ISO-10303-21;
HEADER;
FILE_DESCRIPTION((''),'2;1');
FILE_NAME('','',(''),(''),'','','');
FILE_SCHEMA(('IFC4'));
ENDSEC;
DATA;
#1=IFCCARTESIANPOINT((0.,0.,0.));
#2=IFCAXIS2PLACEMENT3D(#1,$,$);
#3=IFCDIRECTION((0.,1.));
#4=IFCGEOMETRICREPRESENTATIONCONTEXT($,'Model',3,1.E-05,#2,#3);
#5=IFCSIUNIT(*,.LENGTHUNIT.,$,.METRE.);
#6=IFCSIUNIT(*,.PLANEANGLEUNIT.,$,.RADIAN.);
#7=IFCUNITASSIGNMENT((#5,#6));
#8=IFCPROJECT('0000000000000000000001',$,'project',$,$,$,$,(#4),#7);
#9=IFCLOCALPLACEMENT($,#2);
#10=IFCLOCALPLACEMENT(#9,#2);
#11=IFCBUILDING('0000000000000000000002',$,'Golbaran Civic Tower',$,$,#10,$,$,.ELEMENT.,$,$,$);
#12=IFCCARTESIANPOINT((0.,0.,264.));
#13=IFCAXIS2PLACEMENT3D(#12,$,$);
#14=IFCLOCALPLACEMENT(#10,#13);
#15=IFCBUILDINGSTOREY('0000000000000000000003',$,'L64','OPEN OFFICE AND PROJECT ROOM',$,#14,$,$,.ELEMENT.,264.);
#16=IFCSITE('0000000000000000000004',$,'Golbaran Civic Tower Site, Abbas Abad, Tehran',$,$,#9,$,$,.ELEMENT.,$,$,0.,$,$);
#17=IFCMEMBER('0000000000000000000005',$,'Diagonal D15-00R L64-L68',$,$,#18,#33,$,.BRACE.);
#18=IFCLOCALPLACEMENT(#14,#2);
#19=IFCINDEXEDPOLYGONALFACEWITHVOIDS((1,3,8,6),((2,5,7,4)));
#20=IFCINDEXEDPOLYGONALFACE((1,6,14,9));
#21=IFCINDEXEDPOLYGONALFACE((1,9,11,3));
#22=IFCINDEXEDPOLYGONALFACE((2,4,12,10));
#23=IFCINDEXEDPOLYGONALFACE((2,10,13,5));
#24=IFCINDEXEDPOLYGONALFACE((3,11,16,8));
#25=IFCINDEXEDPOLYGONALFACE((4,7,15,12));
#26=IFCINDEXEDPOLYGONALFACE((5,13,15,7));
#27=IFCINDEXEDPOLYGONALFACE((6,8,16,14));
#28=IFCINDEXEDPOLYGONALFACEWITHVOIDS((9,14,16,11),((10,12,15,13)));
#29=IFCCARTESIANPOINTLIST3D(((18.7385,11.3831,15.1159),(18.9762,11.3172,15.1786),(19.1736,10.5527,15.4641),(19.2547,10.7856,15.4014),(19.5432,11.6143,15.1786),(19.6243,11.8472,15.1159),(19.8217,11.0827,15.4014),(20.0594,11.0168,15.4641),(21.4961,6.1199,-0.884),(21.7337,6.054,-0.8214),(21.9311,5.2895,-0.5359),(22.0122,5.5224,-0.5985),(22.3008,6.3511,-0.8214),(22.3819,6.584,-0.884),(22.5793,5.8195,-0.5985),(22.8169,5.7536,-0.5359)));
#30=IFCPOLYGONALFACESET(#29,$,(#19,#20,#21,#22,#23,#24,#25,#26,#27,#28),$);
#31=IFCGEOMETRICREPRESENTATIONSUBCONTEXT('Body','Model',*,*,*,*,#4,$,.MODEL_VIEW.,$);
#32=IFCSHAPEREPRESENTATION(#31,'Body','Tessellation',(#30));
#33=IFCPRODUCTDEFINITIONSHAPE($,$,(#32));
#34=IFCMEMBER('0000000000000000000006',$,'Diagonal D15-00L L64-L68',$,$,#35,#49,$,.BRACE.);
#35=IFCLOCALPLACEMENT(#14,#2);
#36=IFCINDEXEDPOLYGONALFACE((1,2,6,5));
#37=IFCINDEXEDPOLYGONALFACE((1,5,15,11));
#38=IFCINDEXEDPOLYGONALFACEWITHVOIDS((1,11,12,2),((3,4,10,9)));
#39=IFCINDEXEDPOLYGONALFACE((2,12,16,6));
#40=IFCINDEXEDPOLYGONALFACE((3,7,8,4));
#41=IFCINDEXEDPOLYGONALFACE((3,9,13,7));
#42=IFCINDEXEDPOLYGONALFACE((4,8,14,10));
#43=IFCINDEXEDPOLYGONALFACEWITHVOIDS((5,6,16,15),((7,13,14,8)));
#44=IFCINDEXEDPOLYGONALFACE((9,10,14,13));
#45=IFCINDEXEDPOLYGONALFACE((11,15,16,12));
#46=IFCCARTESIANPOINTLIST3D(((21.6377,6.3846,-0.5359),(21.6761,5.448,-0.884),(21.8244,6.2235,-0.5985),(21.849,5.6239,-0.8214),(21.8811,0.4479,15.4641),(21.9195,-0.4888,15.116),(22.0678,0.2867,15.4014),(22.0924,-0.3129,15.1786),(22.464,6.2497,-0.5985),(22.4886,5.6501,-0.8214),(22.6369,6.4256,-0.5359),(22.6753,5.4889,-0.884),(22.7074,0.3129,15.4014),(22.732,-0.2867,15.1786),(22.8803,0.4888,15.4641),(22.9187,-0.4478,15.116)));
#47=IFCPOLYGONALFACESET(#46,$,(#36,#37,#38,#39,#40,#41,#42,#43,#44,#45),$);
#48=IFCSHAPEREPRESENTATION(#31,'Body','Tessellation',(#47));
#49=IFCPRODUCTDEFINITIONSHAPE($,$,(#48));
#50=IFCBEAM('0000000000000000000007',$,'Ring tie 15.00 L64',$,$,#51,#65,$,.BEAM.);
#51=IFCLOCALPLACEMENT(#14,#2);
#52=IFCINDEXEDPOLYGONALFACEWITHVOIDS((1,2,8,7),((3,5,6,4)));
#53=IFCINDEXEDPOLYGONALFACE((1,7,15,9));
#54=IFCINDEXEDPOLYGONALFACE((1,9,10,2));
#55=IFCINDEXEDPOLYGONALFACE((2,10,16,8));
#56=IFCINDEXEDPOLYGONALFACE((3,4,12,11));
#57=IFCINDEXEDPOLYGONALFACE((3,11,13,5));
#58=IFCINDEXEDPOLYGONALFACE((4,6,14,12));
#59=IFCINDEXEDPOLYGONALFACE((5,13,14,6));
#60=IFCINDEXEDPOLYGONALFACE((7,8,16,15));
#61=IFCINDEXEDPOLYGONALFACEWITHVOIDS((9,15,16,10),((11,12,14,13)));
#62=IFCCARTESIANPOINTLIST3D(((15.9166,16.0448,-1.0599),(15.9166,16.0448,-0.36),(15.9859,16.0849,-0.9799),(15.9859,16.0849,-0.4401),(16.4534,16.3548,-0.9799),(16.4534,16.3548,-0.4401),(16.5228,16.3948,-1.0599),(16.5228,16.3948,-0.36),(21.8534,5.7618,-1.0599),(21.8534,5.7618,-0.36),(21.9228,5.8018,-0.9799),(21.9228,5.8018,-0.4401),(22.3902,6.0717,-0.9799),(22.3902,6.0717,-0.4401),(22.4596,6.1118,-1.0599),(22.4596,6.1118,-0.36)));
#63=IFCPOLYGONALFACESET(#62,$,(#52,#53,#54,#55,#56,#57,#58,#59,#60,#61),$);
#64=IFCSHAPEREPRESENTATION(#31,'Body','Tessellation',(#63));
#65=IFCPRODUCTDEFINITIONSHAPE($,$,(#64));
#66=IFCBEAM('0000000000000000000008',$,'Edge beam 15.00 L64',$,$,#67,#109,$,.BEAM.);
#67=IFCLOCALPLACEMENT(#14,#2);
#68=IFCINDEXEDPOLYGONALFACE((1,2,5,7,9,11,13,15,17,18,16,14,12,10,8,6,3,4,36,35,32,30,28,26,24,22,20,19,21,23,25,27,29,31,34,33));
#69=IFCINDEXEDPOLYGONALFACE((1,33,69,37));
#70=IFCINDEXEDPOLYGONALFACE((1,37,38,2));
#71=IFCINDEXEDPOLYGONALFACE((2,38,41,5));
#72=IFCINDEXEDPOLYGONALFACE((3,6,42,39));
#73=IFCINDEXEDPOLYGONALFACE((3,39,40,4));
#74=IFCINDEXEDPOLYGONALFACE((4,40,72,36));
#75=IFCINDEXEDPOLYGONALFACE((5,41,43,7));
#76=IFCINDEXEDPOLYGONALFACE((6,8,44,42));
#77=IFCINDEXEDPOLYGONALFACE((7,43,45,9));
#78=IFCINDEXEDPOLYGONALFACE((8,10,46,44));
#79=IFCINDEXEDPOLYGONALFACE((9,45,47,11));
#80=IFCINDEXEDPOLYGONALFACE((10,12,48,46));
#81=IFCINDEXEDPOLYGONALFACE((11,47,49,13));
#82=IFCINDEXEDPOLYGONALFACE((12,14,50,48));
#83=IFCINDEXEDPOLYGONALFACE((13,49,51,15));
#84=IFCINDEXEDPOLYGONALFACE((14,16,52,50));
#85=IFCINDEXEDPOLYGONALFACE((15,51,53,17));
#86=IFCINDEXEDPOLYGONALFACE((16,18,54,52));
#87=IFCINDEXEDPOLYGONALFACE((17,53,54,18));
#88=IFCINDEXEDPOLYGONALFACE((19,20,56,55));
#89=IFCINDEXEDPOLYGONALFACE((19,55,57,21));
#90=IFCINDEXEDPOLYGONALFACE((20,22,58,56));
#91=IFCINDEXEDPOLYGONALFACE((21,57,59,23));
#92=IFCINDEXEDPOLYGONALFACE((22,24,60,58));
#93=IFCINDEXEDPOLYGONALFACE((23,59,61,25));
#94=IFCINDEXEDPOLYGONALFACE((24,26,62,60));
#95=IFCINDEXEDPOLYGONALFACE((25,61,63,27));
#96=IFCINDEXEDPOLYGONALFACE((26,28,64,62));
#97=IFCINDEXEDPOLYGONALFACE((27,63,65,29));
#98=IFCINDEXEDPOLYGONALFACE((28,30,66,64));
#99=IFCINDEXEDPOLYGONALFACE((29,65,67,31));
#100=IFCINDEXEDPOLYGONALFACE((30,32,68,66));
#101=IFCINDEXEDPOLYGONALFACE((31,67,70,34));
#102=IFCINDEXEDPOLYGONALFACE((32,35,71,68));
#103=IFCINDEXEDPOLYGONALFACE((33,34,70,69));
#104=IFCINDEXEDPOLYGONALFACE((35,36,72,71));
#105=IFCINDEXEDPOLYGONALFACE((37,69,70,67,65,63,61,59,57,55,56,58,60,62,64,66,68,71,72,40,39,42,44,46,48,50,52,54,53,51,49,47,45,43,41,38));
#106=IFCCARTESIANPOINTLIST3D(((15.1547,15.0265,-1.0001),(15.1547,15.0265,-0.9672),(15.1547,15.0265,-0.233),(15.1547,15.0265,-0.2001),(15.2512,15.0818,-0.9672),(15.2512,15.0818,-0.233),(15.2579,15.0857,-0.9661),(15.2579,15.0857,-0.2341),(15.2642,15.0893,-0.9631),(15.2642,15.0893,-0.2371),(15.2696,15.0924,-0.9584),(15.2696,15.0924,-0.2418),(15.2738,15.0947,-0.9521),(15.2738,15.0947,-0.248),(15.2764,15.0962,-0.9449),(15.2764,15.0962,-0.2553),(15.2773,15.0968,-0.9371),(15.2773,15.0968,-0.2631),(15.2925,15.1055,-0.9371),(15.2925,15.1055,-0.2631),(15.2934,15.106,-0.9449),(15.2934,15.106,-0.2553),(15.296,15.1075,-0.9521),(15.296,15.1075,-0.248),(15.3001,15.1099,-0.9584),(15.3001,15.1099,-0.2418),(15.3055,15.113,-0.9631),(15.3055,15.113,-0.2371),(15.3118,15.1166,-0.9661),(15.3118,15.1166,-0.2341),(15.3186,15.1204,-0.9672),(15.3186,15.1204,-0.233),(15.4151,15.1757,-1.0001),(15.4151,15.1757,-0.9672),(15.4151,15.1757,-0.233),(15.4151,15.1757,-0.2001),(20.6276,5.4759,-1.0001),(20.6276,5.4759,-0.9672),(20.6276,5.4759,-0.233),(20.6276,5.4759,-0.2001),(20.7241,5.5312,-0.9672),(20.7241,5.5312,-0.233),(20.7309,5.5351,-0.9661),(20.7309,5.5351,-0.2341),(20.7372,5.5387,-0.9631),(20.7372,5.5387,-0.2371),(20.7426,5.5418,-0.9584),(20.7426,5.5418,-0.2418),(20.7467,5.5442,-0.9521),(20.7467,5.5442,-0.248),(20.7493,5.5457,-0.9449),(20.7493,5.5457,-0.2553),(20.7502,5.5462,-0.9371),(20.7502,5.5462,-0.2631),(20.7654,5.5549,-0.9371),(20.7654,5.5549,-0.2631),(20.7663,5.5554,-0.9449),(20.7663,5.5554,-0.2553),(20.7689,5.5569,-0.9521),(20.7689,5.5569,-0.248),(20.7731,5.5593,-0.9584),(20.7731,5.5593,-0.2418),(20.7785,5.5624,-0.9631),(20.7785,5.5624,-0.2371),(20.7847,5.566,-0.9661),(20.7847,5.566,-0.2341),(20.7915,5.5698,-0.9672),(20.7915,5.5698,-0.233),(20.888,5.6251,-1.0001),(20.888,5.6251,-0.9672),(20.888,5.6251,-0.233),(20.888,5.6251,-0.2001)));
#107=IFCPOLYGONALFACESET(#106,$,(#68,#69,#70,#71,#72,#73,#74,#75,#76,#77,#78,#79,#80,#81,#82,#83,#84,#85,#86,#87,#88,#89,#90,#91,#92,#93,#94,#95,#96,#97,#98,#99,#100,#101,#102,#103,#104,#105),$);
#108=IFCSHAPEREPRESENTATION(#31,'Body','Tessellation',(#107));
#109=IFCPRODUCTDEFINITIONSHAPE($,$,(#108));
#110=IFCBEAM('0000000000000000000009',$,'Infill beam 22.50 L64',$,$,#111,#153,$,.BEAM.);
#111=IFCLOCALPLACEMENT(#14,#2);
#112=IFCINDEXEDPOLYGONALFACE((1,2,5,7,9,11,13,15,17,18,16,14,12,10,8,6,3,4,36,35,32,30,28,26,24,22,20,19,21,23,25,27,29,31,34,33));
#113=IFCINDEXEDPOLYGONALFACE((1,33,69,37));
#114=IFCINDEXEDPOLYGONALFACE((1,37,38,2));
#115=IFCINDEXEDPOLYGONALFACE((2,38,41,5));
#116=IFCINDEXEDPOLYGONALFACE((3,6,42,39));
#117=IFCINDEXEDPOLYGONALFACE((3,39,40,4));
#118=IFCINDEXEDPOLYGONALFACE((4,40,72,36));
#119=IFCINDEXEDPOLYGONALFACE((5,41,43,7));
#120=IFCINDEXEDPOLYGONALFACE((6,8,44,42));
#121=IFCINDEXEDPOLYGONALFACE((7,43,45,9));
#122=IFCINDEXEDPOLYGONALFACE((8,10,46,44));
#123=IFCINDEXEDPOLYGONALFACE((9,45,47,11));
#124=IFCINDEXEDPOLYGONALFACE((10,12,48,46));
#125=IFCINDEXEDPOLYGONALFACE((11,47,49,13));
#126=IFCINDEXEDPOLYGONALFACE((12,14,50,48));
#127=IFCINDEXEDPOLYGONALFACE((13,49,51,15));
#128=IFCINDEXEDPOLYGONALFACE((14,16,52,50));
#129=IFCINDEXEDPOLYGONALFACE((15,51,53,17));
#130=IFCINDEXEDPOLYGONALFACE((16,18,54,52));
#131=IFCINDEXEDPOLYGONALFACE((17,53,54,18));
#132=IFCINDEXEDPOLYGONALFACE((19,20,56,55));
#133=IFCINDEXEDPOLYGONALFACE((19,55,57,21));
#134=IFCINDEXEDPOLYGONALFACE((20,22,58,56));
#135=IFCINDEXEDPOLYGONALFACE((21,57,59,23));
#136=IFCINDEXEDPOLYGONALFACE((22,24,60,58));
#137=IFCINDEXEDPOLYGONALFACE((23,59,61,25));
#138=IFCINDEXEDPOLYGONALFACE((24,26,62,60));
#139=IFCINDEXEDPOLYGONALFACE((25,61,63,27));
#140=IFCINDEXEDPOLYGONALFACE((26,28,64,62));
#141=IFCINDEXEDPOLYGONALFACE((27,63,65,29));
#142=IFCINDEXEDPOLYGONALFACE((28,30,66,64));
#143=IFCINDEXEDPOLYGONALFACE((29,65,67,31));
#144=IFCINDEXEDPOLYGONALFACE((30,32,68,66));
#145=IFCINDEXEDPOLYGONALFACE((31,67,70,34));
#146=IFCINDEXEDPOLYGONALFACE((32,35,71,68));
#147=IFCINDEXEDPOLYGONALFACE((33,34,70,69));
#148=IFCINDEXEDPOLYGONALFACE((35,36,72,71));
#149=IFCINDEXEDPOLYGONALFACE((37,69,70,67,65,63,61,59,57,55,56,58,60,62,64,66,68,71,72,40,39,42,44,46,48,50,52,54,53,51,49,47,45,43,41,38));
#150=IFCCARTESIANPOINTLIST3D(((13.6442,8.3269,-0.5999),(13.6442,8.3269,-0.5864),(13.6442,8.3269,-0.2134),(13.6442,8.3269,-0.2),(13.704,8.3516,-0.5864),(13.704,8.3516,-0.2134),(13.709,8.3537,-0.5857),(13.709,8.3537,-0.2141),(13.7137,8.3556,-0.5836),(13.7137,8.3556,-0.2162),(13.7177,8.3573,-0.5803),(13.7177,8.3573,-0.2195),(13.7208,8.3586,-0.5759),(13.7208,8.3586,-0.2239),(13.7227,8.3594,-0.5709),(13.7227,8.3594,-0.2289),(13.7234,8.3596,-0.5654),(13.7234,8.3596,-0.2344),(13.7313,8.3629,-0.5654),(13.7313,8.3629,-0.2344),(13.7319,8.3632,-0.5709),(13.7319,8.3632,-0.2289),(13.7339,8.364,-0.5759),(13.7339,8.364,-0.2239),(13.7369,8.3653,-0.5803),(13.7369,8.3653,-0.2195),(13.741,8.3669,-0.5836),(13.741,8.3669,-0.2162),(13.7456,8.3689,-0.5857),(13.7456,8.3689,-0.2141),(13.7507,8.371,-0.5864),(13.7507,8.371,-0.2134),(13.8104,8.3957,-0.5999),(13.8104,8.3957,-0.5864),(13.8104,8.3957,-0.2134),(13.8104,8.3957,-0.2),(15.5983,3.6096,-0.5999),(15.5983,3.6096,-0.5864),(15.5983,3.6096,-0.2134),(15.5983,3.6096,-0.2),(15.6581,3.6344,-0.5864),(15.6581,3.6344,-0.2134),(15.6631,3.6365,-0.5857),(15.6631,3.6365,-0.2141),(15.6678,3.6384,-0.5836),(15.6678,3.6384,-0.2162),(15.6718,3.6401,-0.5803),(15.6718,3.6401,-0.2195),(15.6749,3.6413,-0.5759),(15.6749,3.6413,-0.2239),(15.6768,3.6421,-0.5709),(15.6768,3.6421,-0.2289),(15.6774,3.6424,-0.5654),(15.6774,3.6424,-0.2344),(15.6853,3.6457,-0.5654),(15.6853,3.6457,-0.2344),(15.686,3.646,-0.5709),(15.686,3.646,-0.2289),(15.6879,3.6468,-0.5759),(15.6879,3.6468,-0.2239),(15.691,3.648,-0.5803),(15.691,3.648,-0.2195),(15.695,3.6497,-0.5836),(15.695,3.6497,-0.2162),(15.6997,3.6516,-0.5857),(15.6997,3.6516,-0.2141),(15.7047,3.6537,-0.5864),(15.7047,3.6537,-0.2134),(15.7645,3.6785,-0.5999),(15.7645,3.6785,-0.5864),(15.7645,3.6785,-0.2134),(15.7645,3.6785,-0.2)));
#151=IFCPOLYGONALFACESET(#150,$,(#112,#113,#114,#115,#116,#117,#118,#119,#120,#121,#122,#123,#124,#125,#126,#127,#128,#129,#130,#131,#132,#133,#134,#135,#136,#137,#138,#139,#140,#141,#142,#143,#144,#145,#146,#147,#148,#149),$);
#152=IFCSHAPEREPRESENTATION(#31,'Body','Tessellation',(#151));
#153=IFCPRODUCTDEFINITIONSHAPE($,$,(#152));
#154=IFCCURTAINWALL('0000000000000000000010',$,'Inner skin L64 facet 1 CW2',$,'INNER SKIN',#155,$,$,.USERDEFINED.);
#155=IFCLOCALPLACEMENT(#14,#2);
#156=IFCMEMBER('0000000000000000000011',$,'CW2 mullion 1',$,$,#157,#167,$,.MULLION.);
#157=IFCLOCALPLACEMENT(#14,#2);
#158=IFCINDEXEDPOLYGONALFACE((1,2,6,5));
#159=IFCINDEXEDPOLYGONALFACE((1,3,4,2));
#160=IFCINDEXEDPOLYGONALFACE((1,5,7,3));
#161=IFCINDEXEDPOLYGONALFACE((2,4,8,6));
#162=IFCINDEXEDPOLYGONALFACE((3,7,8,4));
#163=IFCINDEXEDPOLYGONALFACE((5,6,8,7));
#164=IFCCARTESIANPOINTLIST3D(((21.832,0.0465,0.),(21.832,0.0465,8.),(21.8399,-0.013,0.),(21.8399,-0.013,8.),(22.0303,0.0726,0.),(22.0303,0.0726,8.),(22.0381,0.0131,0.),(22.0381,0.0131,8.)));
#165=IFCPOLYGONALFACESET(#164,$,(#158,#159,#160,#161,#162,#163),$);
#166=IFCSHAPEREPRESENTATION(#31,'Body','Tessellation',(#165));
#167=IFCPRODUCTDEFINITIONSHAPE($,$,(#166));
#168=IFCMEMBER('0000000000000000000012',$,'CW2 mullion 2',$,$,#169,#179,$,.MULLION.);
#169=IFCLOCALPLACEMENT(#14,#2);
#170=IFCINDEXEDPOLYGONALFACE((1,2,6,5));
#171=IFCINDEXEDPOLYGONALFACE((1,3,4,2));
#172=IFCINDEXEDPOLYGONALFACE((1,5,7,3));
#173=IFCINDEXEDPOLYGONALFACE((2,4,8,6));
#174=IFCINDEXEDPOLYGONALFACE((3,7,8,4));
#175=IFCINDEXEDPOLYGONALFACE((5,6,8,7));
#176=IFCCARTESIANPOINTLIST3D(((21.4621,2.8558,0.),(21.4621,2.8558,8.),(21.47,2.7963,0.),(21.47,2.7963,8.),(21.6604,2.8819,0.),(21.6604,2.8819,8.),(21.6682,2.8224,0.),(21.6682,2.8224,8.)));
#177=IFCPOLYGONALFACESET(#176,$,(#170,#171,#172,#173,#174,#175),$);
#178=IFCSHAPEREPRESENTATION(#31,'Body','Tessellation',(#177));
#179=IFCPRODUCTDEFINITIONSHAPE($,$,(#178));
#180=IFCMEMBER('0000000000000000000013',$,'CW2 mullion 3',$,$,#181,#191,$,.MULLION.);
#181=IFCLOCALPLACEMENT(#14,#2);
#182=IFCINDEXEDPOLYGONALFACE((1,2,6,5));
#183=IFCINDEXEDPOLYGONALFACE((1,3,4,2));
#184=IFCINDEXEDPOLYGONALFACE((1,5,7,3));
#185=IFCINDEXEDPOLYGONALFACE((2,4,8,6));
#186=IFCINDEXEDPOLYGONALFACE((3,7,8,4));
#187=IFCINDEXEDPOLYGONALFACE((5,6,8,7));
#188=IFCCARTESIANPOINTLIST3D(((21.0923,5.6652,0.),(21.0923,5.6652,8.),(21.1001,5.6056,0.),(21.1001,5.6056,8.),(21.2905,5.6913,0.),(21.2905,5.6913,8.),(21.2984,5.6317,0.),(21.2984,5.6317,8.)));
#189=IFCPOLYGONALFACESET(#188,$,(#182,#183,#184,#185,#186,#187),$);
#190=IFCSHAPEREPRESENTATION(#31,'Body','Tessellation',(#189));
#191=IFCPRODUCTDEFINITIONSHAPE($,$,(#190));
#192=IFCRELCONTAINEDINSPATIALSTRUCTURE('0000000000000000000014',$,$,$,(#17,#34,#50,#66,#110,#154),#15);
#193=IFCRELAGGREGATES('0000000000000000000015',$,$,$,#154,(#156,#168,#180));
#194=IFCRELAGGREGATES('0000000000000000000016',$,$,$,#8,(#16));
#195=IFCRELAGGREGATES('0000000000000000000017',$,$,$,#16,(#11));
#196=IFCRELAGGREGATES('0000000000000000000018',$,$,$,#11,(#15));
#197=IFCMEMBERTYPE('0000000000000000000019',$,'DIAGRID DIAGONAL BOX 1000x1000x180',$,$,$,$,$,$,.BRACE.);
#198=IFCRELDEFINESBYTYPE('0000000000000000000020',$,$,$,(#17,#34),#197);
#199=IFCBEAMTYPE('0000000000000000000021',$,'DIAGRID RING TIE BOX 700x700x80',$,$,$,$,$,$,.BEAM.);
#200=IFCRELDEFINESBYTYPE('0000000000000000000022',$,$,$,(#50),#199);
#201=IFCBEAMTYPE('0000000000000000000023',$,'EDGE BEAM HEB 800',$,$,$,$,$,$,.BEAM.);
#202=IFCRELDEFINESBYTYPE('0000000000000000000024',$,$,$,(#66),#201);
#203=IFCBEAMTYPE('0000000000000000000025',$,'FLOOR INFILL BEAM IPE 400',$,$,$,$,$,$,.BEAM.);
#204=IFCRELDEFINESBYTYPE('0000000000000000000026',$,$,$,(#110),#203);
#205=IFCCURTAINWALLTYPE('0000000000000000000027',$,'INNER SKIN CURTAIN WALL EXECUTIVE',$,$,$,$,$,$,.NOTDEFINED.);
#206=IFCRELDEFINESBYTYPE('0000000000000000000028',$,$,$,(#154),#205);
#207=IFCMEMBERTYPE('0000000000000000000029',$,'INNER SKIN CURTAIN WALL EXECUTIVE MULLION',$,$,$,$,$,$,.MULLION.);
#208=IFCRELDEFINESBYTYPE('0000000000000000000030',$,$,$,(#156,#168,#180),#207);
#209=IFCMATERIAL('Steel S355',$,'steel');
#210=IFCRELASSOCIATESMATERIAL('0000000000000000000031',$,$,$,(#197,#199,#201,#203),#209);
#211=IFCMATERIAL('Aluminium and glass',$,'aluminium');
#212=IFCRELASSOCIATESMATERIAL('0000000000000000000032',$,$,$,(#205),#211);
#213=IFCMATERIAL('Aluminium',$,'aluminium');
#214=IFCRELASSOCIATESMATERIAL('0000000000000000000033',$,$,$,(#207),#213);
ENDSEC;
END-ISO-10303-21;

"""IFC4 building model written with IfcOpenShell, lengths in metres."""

from ifc_helpers import new_model, si_unit, direction, frame, origin, origin_2d, place, context, subcontext, project, spatial, rectangle, hollow_rectangle, i_section, extrude, material, material_profile, profile_set, type_object, element, aggregate, save


model = new_model("IFC4")

# Units and contexts
model_context = context("Model", 3, precision=1e-05, world=origin(), true_north=direction((0.0, 1.0)))
body_context = subcontext(model_context, "Body", "Model", "MODEL_VIEW")
ifc_project = project(units=[si_unit("LENGTHUNIT", "METRE"), si_unit("PLANEANGLEUNIT", "RADIAN")], contexts=[model_context])

# Site, building, storey
site_placement = place(None, origin())
site = spatial("IfcSite", under=ifc_project, at=site_placement, Name="Golbaran Civic Tower Site, Abbas Abad, Tehran", CompositionType="ELEMENT", RefElevation=0.0)
building_placement = place(site_placement, origin())
building = spatial("IfcBuilding", under=site, at=building_placement, Name="Golbaran Civic Tower", CompositionType="ELEMENT")
storey_placement = place(building_placement, frame((0.0, 0.0, 264.0)))
storey = spatial("IfcBuildingStorey", under=building, at=storey_placement, Name="L64", Description="OPEN OFFICE AND PROJECT ROOM", CompositionType="ELEMENT", Elevation=264.0)

# Members
ifc_material_1 = material(Name="Steel S355", Category="steel")
ifc_material_profile_1 = material_profile(ifc_material_1, hollow_rectangle(XDim=1.0, YDim=1.0, WallThickness=0.1799, at=origin_2d()), Name="BOX 1000x1000x180")
ifc_profile_set_1 = profile_set([ifc_material_profile_1], Name="Steel S355")
member_type_1 = type_object("IfcMemberType", Name="DIAGRID DIAGONAL BOX 1000x1000x180", PredefinedType="BRACE", material=ifc_profile_set_1)
for number, where, z_axis, x_axis, name in (
    (1, (22.1565, 5.9368, -0.71), (-0.161567, 0.308372, 0.937445), (-0.885786, -0.464095, 0.0), "Diagonal D15-00R L64-L68"),
    (2, (22.1565, 5.9368, -0.71), (0.014261, -0.347838, 0.937446), (0.999161, 0.040966, 0.0), "Diagonal D15-00L L64-L68"),
):
    element("IfcMember", number, at=place(storey_placement, frame(where, z_axis=z_axis, x_axis=x_axis)), inside=storey, type_object=member_type_1, Name=name, PredefinedType="BRACE", context=body_context, shape_type="SweptSolid", body=[
        extrude(hollow_rectangle(XDim=1.0, YDim=1.0, WallThickness=0.1799, at=origin_2d()), origin(), (0.0, 0.0, 1.0), 17.0676),
    ])

# Beams
ifc_material_profile_2 = material_profile(ifc_material_1, hollow_rectangle(XDim=0.7, YDim=0.7, WallThickness=0.0801, at=origin_2d()), Name="BOX 700x700x80")
ifc_profile_set_2 = profile_set([ifc_material_profile_2], Name="Steel S355")
beam_type_1 = type_object("IfcBeamType", Name="DIAGRID RING TIE BOX 700x700x80", PredefinedType="BEAM", material=ifc_profile_set_2)
beam_1_placement = place(storey_placement, frame((22.1565, 5.9368, -0.71), z_axis=(-0.499994, 0.866029, 0.0), x_axis=(-0.866029, -0.499994, 0.0)))
element("IfcBeam", 3, at=beam_1_placement, inside=storey, type_object=beam_type_1, Name="Ring tie 15.00 L64", PredefinedType="BEAM", context=body_context, shape_type="SweptSolid", body=[
    extrude(hollow_rectangle(XDim=0.7, YDim=0.7, WallThickness=0.0801, at=origin_2d()), origin(), (0.0, 0.0, 1.0), 11.8738),
])
ifc_material_profile_3 = material_profile(ifc_material_1, i_section(OverallWidth=0.3, OverallDepth=0.8, WebThickness=0.0176, FlangeThickness=0.033, FilletRadius=0.03, at=origin_2d()), Name="HEB 800")
ifc_profile_set_3 = profile_set([ifc_material_profile_3], Name="Steel S355")
beam_type_2 = type_object("IfcBeamType", Name="EDGE BEAM HEB 800", PredefinedType="BEAM", material=ifc_profile_set_3)
beam_2_placement = place(storey_placement, frame((20.7578, 5.5505, -0.6001), z_axis=(-0.497197, 0.867638, 0.0), x_axis=(-0.867638, -0.497197, 0.0)))
element("IfcBeam", 4, at=beam_2_placement, inside=storey, type_object=beam_type_2, Name="Edge beam 15.00 L64", PredefinedType="BEAM", context=body_context, shape_type="SweptSolid", body=[
    extrude(i_section(OverallWidth=0.3, OverallDepth=0.8, WebThickness=0.0176, FlangeThickness=0.033, FilletRadius=0.03, at=origin_2d()), origin(), (0.0, 0.0, 1.0), 11.0076),
])
ifc_material_profile_4 = material_profile(ifc_material_1, i_section(OverallWidth=0.1799, OverallDepth=0.3999, WebThickness=0.0085, FlangeThickness=0.0134, FilletRadius=0.021, at=origin_2d()), Name="IPE 400")
ifc_profile_set_4 = profile_set([ifc_material_profile_4], Name="Steel S355")
beam_type_3 = type_object("IfcBeamType", Name="FLOOR INFILL BEAM IPE 400", PredefinedType="BEAM", material=ifc_profile_set_4)
beam_3_placement = place(storey_placement, frame((15.6814, 3.644, -0.3999), z_axis=(-0.382707, 0.92387, 0.0), x_axis=(-0.92387, -0.382707, 0.0)))
element("IfcBeam", 5, at=beam_3_placement, inside=storey, type_object=beam_type_3, Name="Infill beam 22.50 L64", PredefinedType="BEAM", context=body_context, shape_type="SweptSolid", body=[
    extrude(i_section(OverallWidth=0.1799, OverallDepth=0.3999, WebThickness=0.0085, FlangeThickness=0.0134, FilletRadius=0.021, at=origin_2d()), origin(), (0.0, 0.0, 1.0), 5.106),
])

# Curtain wall, members
ifc_material_2 = material(Name="Aluminium and glass", Category="aluminium")
curtain_wall_type_1 = type_object("IfcCurtainWallType", Name="INNER SKIN CURTAIN WALL EXECUTIVE", PredefinedType="NOTDEFINED", material=ifc_material_2)
curtain_wall_1_placement = place(storey_placement, origin())
curtain_wall_1 = element("IfcCurtainWall", 6, at=curtain_wall_1_placement, inside=storey, type_object=curtain_wall_type_1, Name="Inner skin L64 facet 1 CW2", ObjectType="INNER SKIN", PredefinedType="USERDEFINED")
ifc_material_3 = material(Name="Aluminium", Category="aluminium")
ifc_material_profile_5 = material_profile(ifc_material_3, rectangle(XDim=0.2, YDim=0.0601, at=origin_2d()), Name="INNER SKIN CURTAIN WALL EXECUTIVE MULLION")
ifc_profile_set_5 = profile_set([ifc_material_profile_5], Name="Aluminium")
member_type_2 = type_object("IfcMemberType", Name="INNER SKIN CURTAIN WALL EXECUTIVE MULLION", PredefinedType="MULLION", material=ifc_profile_set_5)
member_1_placement = place(storey_placement, frame((21.9351, 0.0298, 0.0), z_axis=(0.0, 0.0, 1.0), x_axis=(-0.991445, -0.130526, 0.0)))
member_1 = element("IfcMember", 7, at=member_1_placement, type_object=member_type_2, Name="CW2 mullion 1", PredefinedType="MULLION", context=body_context, shape_type="SweptSolid", body=[
    extrude(rectangle(XDim=0.2, YDim=0.0601, at=origin_2d()), origin(), (0.0, 0.0, 1.0), 8.0),
])
member_2_placement = place(storey_placement, frame((21.5652, 2.8391, 0.0), z_axis=(0.0, 0.0, 1.0), x_axis=(-0.991445, -0.130526, 0.0)))
member_2 = element("IfcMember", 8, at=member_2_placement, type_object=member_type_2, Name="CW2 mullion 2", PredefinedType="MULLION", context=body_context, shape_type="SweptSolid", body=[
    extrude(rectangle(XDim=0.2, YDim=0.0601, at=origin_2d()), origin(), (0.0, 0.0, 1.0), 8.0),
])
member_3_placement = place(storey_placement, frame((21.1953, 5.6484, 0.0), z_axis=(0.0, 0.0, 1.0), x_axis=(-0.991445, -0.130526, 0.0)))
member_3 = element("IfcMember", 9, at=member_3_placement, type_object=member_type_2, Name="CW2 mullion 3", PredefinedType="MULLION", context=body_context, shape_type="SweptSolid", body=[
    extrude(rectangle(XDim=0.2, YDim=0.0601, at=origin_2d()), origin(), (0.0, 0.0, 1.0), 8.0),
])

aggregate(curtain_wall_1, [member_1, member_2, member_3])

save(model, "model.ifc")
